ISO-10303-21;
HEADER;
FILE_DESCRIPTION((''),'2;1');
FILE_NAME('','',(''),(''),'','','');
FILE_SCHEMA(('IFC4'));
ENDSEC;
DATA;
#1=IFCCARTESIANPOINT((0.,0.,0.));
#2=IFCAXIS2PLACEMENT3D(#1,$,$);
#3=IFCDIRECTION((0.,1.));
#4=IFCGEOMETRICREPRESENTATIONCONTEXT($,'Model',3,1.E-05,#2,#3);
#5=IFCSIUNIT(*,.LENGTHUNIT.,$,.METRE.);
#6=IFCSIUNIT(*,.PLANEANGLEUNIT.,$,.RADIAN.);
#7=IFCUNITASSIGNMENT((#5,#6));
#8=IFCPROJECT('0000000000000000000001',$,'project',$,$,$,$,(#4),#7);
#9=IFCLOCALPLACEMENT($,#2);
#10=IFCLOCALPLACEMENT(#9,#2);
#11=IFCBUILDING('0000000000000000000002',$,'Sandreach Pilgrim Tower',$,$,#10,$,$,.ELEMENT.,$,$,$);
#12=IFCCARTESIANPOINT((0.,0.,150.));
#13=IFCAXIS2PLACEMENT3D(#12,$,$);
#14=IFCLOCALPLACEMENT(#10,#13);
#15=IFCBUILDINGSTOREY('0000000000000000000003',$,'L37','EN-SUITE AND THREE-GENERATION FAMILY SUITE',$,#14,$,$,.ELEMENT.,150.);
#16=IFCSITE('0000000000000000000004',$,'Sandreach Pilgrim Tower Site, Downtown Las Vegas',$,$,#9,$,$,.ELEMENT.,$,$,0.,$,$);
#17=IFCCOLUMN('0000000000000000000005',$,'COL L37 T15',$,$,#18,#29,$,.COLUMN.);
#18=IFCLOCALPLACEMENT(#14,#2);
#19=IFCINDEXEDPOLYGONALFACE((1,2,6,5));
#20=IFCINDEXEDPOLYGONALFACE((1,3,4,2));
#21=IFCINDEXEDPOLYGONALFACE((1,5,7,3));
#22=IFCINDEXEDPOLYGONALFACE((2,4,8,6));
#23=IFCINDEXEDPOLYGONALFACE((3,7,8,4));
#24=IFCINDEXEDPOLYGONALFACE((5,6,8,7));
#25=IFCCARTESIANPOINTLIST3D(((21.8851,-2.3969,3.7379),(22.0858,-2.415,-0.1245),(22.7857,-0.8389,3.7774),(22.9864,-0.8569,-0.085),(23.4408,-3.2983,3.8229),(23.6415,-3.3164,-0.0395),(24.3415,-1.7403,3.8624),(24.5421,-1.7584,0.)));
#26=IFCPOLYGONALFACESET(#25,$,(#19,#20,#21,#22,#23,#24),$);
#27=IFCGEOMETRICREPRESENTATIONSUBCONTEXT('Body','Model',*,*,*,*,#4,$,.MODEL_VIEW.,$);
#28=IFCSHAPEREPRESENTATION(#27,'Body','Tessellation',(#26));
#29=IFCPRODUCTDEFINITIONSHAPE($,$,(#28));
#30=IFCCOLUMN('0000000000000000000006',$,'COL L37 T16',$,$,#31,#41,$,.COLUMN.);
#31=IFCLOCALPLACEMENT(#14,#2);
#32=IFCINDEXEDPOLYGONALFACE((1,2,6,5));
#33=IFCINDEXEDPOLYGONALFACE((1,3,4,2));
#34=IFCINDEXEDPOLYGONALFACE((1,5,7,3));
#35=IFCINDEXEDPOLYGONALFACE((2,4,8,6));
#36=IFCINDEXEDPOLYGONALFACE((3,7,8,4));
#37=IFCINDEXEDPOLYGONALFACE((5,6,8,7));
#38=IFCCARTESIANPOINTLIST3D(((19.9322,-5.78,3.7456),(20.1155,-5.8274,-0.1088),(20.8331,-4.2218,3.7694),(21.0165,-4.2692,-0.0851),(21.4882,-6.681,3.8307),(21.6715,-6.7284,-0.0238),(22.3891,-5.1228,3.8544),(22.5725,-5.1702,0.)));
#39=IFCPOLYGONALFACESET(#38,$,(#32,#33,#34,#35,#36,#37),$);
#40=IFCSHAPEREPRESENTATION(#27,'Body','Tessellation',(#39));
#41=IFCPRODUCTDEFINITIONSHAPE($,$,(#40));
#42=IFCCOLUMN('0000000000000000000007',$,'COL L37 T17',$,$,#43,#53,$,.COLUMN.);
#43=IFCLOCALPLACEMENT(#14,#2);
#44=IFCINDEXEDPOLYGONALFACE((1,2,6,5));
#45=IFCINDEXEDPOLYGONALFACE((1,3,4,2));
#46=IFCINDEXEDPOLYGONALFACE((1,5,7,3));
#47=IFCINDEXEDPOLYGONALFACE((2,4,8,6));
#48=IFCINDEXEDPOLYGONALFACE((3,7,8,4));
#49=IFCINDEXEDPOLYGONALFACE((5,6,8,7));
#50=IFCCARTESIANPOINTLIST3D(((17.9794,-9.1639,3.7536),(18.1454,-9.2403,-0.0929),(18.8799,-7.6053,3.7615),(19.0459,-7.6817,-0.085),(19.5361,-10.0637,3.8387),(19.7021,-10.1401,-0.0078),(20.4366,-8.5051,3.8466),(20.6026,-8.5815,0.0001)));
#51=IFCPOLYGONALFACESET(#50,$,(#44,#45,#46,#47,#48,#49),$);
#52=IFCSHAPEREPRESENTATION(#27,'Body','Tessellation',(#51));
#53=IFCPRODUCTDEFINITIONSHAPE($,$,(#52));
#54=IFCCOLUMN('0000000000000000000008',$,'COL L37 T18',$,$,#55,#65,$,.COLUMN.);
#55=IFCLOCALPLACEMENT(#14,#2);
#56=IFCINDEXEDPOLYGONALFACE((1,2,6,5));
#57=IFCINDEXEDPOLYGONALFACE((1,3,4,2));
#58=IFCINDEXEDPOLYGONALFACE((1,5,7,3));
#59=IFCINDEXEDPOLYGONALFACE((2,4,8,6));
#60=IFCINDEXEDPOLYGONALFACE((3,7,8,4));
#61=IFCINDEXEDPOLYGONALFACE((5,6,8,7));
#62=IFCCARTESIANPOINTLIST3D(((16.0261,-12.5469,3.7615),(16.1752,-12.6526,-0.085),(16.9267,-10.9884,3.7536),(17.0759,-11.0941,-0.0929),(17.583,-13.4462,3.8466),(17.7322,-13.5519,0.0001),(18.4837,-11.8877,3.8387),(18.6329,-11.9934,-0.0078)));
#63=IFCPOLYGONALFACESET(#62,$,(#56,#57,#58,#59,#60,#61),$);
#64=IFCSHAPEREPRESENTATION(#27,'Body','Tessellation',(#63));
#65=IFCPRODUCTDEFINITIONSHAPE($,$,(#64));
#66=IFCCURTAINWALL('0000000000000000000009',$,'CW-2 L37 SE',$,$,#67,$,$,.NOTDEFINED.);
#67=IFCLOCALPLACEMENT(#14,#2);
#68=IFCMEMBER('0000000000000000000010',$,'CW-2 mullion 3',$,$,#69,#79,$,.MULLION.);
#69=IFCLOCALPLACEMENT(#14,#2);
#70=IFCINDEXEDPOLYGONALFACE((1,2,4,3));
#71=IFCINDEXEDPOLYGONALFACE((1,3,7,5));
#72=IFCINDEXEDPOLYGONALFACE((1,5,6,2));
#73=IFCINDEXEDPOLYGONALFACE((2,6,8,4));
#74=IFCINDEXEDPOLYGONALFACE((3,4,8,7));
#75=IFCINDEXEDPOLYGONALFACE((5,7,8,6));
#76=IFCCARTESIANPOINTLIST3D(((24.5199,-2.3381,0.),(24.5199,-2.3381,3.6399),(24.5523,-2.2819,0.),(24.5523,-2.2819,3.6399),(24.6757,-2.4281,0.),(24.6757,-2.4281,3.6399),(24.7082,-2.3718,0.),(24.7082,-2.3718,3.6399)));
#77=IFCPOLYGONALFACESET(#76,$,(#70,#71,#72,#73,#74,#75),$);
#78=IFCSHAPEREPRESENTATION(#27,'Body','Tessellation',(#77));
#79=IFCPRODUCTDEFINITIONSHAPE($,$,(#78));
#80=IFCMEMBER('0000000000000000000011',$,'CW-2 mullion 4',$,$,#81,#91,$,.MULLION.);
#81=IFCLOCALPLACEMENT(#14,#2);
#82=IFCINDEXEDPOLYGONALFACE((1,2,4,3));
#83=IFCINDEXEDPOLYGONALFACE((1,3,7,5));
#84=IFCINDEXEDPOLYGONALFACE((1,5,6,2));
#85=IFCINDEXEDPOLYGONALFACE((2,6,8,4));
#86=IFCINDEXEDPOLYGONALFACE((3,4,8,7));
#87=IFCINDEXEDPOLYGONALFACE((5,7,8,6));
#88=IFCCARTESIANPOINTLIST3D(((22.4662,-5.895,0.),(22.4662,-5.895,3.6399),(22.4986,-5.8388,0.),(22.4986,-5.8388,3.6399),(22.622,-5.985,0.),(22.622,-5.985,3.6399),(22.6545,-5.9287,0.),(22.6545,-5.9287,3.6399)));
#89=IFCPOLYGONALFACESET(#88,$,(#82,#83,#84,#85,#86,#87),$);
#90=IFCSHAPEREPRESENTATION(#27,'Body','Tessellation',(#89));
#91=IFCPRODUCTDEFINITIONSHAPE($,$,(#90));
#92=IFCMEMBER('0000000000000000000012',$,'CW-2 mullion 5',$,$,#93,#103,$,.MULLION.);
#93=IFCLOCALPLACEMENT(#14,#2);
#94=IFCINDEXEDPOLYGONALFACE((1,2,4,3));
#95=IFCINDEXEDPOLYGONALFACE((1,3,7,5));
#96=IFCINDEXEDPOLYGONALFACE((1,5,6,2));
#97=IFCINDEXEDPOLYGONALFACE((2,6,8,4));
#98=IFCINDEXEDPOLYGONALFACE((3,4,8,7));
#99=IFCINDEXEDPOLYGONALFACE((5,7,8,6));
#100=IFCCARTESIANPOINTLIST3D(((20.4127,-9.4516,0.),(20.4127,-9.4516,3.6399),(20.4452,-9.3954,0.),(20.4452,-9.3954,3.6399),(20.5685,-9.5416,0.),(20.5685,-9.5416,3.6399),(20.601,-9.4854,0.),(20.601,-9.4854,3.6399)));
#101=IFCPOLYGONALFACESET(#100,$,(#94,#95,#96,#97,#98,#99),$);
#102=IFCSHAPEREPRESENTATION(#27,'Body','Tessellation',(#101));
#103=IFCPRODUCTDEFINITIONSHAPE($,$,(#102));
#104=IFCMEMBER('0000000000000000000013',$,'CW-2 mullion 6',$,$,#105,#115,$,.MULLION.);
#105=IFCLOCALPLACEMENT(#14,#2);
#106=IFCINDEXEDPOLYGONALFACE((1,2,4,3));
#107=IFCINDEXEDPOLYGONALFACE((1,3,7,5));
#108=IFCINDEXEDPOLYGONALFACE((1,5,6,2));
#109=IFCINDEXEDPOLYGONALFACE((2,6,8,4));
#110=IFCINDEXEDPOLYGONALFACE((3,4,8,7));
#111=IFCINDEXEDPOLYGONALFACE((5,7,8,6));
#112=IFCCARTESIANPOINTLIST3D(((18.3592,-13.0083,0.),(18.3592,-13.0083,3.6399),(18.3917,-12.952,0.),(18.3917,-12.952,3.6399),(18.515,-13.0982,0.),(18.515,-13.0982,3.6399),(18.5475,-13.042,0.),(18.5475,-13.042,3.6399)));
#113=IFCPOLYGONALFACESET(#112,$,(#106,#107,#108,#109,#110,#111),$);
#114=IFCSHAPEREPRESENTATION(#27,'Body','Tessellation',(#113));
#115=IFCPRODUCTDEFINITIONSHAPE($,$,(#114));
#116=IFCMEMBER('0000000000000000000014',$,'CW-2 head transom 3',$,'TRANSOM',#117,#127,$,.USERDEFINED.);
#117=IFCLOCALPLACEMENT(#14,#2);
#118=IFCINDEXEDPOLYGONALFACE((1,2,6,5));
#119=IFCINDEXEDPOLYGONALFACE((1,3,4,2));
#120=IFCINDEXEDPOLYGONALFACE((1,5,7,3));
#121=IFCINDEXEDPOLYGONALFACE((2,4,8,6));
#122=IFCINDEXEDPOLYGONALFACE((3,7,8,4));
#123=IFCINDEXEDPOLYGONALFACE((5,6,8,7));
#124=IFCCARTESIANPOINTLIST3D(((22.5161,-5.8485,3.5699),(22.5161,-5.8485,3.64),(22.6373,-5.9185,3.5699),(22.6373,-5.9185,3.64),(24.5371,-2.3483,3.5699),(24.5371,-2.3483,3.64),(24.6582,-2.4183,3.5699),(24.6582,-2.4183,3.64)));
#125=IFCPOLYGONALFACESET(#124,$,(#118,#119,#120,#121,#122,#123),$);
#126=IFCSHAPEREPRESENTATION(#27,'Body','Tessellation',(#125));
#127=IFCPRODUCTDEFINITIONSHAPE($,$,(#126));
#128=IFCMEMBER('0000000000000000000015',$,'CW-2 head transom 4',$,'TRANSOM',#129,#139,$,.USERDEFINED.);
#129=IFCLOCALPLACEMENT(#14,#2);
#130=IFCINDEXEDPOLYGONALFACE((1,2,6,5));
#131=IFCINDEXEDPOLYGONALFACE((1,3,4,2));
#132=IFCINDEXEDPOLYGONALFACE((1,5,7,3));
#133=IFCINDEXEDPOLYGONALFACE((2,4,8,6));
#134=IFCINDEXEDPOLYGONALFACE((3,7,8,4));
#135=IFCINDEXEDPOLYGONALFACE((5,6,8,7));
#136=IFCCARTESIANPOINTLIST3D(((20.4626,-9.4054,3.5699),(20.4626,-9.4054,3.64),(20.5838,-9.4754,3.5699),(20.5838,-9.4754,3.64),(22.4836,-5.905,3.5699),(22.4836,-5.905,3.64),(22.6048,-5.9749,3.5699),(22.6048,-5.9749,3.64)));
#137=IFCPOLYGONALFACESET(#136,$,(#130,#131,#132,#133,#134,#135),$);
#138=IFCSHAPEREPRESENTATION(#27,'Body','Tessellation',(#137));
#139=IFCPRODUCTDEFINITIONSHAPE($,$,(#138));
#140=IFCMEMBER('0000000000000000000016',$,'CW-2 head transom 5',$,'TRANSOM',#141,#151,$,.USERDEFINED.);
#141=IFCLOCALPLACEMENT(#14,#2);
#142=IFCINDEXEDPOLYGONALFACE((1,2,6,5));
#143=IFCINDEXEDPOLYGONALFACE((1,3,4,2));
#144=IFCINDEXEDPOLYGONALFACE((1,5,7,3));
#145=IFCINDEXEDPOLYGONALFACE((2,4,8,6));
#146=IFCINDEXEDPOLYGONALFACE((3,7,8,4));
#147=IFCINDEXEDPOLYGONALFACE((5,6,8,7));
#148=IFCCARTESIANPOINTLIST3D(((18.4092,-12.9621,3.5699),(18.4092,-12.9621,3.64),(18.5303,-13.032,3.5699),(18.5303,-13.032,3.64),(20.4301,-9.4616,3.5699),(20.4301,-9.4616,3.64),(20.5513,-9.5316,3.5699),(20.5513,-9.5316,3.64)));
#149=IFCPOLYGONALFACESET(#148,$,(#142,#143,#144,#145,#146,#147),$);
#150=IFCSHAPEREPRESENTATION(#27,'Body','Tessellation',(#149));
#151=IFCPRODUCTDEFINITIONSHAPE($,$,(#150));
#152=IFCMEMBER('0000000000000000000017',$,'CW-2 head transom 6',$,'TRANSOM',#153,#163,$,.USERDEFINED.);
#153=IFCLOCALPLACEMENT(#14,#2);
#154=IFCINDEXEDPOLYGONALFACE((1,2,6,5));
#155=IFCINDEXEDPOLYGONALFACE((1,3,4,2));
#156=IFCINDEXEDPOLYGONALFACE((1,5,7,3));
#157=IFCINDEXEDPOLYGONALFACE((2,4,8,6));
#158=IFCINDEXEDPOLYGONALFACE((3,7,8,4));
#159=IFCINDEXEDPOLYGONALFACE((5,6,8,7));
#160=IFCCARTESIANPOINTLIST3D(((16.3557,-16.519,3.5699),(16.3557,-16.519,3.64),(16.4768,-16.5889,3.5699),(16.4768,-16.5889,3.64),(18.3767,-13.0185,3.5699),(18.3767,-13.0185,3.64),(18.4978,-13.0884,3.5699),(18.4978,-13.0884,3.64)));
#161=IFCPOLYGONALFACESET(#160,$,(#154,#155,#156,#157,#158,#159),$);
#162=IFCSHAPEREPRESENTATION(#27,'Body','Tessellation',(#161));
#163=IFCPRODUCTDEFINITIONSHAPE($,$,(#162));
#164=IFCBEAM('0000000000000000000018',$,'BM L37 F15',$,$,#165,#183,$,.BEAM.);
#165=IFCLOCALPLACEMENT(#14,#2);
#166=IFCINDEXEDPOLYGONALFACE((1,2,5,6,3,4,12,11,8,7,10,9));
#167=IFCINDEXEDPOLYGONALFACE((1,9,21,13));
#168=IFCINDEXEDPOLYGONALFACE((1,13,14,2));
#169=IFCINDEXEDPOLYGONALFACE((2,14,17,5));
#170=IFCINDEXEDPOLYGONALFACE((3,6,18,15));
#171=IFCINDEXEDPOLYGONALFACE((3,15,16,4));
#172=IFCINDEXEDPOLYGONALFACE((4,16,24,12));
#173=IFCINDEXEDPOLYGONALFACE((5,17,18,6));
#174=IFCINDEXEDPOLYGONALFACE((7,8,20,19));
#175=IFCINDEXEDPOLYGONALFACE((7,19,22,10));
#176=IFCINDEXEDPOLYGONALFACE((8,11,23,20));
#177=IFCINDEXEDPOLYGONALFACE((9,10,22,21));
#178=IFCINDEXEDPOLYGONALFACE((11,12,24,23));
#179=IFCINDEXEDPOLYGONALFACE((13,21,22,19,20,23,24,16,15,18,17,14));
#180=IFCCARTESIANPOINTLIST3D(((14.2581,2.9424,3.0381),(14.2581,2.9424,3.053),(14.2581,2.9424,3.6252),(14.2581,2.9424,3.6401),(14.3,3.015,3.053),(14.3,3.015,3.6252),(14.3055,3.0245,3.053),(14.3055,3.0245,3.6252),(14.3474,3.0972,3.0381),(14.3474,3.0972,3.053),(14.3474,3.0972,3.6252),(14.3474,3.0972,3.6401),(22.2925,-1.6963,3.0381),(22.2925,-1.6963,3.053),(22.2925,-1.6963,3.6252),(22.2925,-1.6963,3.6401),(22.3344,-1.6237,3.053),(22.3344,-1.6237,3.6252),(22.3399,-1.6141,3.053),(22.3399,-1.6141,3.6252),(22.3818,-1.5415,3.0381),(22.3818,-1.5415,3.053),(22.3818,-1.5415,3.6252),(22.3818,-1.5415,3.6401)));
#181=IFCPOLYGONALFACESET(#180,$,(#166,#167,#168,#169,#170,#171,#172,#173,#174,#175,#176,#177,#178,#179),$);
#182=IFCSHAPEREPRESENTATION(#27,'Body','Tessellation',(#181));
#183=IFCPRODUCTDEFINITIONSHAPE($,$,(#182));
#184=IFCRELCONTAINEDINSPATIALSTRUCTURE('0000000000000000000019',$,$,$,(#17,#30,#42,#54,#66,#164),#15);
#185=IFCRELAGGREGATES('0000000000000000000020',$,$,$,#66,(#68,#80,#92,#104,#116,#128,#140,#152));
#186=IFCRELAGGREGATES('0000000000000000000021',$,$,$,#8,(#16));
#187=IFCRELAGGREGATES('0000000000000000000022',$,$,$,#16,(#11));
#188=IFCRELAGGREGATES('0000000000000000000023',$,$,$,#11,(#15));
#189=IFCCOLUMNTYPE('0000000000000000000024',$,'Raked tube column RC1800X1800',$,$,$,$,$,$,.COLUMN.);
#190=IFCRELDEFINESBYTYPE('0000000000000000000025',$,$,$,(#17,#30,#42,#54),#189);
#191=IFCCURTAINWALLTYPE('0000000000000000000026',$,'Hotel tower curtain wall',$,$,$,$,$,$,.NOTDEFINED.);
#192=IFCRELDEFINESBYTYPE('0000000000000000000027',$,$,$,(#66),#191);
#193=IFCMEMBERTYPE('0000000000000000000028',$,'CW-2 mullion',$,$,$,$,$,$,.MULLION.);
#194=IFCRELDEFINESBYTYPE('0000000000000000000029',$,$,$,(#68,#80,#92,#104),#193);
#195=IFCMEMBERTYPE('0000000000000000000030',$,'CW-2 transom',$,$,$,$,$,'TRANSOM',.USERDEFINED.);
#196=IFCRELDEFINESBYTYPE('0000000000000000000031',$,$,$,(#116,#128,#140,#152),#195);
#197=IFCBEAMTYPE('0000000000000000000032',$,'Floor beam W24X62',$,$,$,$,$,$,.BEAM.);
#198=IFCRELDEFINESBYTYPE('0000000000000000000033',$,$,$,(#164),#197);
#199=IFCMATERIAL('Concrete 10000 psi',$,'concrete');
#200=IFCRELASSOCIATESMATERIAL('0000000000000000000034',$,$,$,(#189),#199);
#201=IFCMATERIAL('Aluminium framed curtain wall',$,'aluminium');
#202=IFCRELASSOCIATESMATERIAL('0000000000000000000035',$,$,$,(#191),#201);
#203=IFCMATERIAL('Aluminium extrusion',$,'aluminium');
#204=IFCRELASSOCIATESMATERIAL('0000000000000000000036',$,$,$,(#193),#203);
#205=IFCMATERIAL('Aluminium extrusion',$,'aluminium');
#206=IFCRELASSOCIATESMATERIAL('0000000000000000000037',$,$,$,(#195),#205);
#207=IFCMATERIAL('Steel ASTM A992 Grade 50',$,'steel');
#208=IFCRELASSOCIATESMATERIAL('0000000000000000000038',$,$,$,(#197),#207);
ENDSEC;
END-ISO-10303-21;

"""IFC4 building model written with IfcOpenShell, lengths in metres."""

from ifc_helpers import new_model, si_unit, direction, frame, origin, origin_2d, place, context, subcontext, project, spatial, rectangle, i_section, extrude, material, material_profile, profile_set, type_object, element, aggregate, save


model = new_model("IFC4")

# Units and contexts
model_context = context("Model", 3, precision=1e-05, world=origin(), true_north=direction((0.0, 1.0)))
body_context = subcontext(model_context, "Body", "Model", "MODEL_VIEW")
ifc_project = project(units=[si_unit("LENGTHUNIT", "METRE"), si_unit("PLANEANGLEUNIT", "RADIAN")], contexts=[model_context])

# Site, building, storey
site_placement = place(None, origin())
site = spatial("IfcSite", under=ifc_project, at=site_placement, Name="Sandreach Pilgrim Tower Site, Downtown Las Vegas", CompositionType="ELEMENT", RefElevation=0.0)
building_placement = place(site_placement, origin())
building = spatial("IfcBuilding", under=site, at=building_placement, Name="Sandreach Pilgrim Tower", CompositionType="ELEMENT")
storey_placement = place(building_placement, frame((0.0, 0.0, 150.0)))
storey = spatial("IfcBuildingStorey", under=building, at=storey_placement, Name="L37", Description="EN-SUITE AND THREE-GENERATION FAMILY SUITE", CompositionType="ELEMENT", Elevation=150.0)

# Columns
ifc_material_1 = material(Name="Concrete 10000 psi", Category="concrete")
ifc_material_profile_1 = material_profile(ifc_material_1, rectangle(XDim=1.8, YDim=1.8, at=origin_2d()), Name="RC1800X1800")
ifc_profile_set_1 = profile_set([ifc_material_profile_1], Name="Concrete 10000 psi")
column_type = type_object("IfcColumnType", Name="Raked tube column RC1800X1800", PredefinedType="COLUMN", material=ifc_profile_set_1)
column_1_placement = place(storey_placement, frame((23.314, -2.0867, -0.0623), z_axis=(-0.051889, 0.004671, 0.998642), x_axis=(0.86428, -0.500787, 0.04725)))
element("IfcColumn", 1, at=column_1_placement, inside=storey, type_object=column_type, Name="COL L37 T15", PredefinedType="COLUMN", context=body_context, shape_type="SweptSolid", body=[
    extrude(rectangle(XDim=1.8, YDim=1.8, at=origin_2d()), origin(), (0.0, 0.0, 1.0), 3.8677),
])
column_2_placement = place(storey_placement, frame((21.344, -5.4988, -0.0544), z_axis=(-0.04751, 0.012273, 0.998795), x_axis=(0.864419, -0.500545, 0.047269)))
element("IfcColumn", 2, at=column_2_placement, inside=storey, type_object=column_type, Name="COL L37 T16", PredefinedType="COLUMN", context=body_context, shape_type="SweptSolid", body=[
    extrude(rectangle(XDim=1.8, YDim=1.8, at=origin_2d()), origin(), (0.0, 0.0, 1.0), 3.8591),
])
for number, where, z_axis, x_axis, name in (
    (3, (19.374, -8.9109, -0.0464), (-0.043112, 0.019844, 0.998873), (0.864807, -0.499875, 0.047257), "COL L37 T17"),
    (4, (17.4041, -12.323, -0.0464), (-0.038738, 0.027452, 0.998872), (0.864954, -0.49962, 0.047275), "COL L37 T18"),
):
    element("IfcColumn", number, at=place(storey_placement, frame(where, z_axis=z_axis, x_axis=x_axis)), inside=storey, type_object=column_type, Name=name, PredefinedType="COLUMN", context=body_context, shape_type="SweptSolid", body=[
        extrude(rectangle(XDim=1.8, YDim=1.8, at=origin_2d()), origin(), (0.0, 0.0, 1.0), 3.8508),
    ])

# Curtain wall, members
ifc_material_2 = material(Name="Aluminium framed curtain wall", Category="aluminium")
curtain_wall_type = type_object("IfcCurtainWallType", Name="Hotel tower curtain wall", PredefinedType="NOTDEFINED", material=ifc_material_2)
curtain_wall_placement = place(storey_placement, origin())
curtain_wall = element("IfcCurtainWall", 5, at=curtain_wall_placement, inside=storey, type_object=curtain_wall_type, Name="CW-2 L37 SE", PredefinedType="NOTDEFINED")
ifc_material_3 = material(Name="Aluminium extrusion", Category="aluminium")
ifc_material_profile_2 = material_profile(ifc_material_3, rectangle(XDim=0.0649, YDim=0.1799, at=origin_2d()), Name="CW-2M 65X180")
ifc_profile_set_2 = profile_set([ifc_material_profile_2], Name="Aluminium extrusion")
member_type_1 = type_object("IfcMemberType", Name="CW-2 mullion", PredefinedType="MULLION", material=ifc_profile_set_2)
member_1_placement = place(storey_placement, frame((24.614, -2.355, 0.0), z_axis=(0.0, 0.0, 1.0), x_axis=(-0.5, -0.866025, 0.0)))
member_1 = element("IfcMember", 6, at=member_1_placement, type_object=member_type_1, Name="CW-2 mullion 3", PredefinedType="MULLION", context=body_context, shape_type="SweptSolid", body=[
    extrude(rectangle(XDim=0.0649, YDim=0.1799, at=origin_2d()), origin(), (0.0, 0.0, 1.0), 3.6399),
])
member_2_placement = place(storey_placement, frame((22.5603, -5.9119, 0.0), z_axis=(0.0, 0.0, 1.0), x_axis=(-0.5, -0.866025, 0.0)))
member_2 = element("IfcMember", 7, at=member_2_placement, type_object=member_type_1, Name="CW-2 mullion 4", PredefinedType="MULLION", context=body_context, shape_type="SweptSolid", body=[
    extrude(rectangle(XDim=0.0649, YDim=0.1799, at=origin_2d()), origin(), (0.0, 0.0, 1.0), 3.6399),
])
member_3_placement = place(storey_placement, frame((20.5068, -9.4685, 0.0), z_axis=(0.0, 0.0, 1.0), x_axis=(-0.5, -0.866025, 0.0)))
member_3 = element("IfcMember", 8, at=member_3_placement, type_object=member_type_1, Name="CW-2 mullion 5", PredefinedType="MULLION", context=body_context, shape_type="SweptSolid", body=[
    extrude(rectangle(XDim=0.0649, YDim=0.1799, at=origin_2d()), origin(), (0.0, 0.0, 1.0), 3.6399),
])
member_4_placement = place(storey_placement, frame((18.4534, -13.0251, 0.0), z_axis=(0.0, 0.0, 1.0), x_axis=(-0.5, -0.866025, 0.0)))
member_4 = element("IfcMember", 9, at=member_4_placement, type_object=member_type_1, Name="CW-2 mullion 6", PredefinedType="MULLION", context=body_context, shape_type="SweptSolid", body=[
    extrude(rectangle(XDim=0.0649, YDim=0.1799, at=origin_2d()), origin(), (0.0, 0.0, 1.0), 3.6399),
])
ifc_material_4 = material(Name="Aluminium extrusion", Category="aluminium")
ifc_material_profile_3 = material_profile(ifc_material_4, rectangle(XDim=0.1399, YDim=0.0701, at=origin_2d()), Name="CW-2T 140X70")
ifc_profile_set_3 = profile_set([ifc_material_profile_3], Name="Aluminium extrusion")
member_type_2 = type_object("IfcMemberType", Name="CW-2 transom", ElementType="TRANSOM", PredefinedType="USERDEFINED", material=ifc_profile_set_3)
member_5_placement = place(storey_placement, frame((24.5977, -2.3833, 3.605), z_axis=(-0.500024, -0.866012, 0.0), x_axis=(0.866012, -0.500024, 0.0)))
member_5 = element("IfcMember", 10, at=member_5_placement, type_object=member_type_2, Name="CW-2 head transom 3", ObjectType="TRANSOM", PredefinedType="USERDEFINED", context=body_context, shape_type="SweptSolid", body=[
    extrude(rectangle(XDim=0.1399, YDim=0.0701, at=origin_2d()), origin(), (0.0, 0.0, 1.0), 4.0417),
])
member_6_placement = place(storey_placement, frame((22.5442, -5.9399, 3.605), z_axis=(-0.499998, -0.866027, 0.0), x_axis=(0.866027, -0.499998, 0.0)))
member_6 = element("IfcMember", 11, at=member_6_placement, type_object=member_type_2, Name="CW-2 head transom 4", ObjectType="TRANSOM", PredefinedType="USERDEFINED", context=body_context, shape_type="SweptSolid", body=[
    extrude(rectangle(XDim=0.1399, YDim=0.0701, at=origin_2d()), origin(), (0.0, 0.0, 1.0), 4.042),
])
member_7_placement = place(storey_placement, frame((20.4907, -9.4966, 3.605), z_axis=(-0.499998, -0.866027, 0.0), x_axis=(0.866027, -0.499998, 0.0)))
member_7 = element("IfcMember", 12, at=member_7_placement, type_object=member_type_2, Name="CW-2 head transom 5", ObjectType="TRANSOM", PredefinedType="USERDEFINED", context=body_context, shape_type="SweptSolid", body=[
    extrude(rectangle(XDim=0.1399, YDim=0.0701, at=origin_2d()), origin(), (0.0, 0.0, 1.0), 4.042),
])
member_8_placement = place(storey_placement, frame((18.4373, -13.0535, 3.605), z_axis=(-0.499998, -0.866027, 0.0), x_axis=(0.866027, -0.499998, 0.0)))
member_8 = element("IfcMember", 13, at=member_8_placement, type_object=member_type_2, Name="CW-2 head transom 6", ObjectType="TRANSOM", PredefinedType="USERDEFINED", context=body_context, shape_type="SweptSolid", body=[
    extrude(rectangle(XDim=0.1399, YDim=0.0701, at=origin_2d()), origin(), (0.0, 0.0, 1.0), 4.042),
])

# Beam
ifc_material_5 = material(Name="Steel ASTM A992 Grade 50", Category="steel")
ifc_material_profile_4 = material_profile(ifc_material_5, i_section(OverallWidth=0.1787, OverallDepth=0.6021, WebThickness=0.011, FlangeThickness=0.0149, at=origin_2d()), Name="W24X62")
ifc_profile_set_4 = profile_set([ifc_material_profile_4], Name="Steel ASTM A992 Grade 50")
beam_type_1 = type_object("IfcBeamType", Name="Floor beam W24X62", PredefinedType="BEAM", material=ifc_profile_set_4)
beam_1_placement = place(storey_placement, frame((22.3372, -1.6189, 3.3391), z_axis=(-0.866026, 0.5, 0.0), x_axis=(-0.5, -0.866026, 0.0)))
element("IfcBeam", 14, at=beam_1_placement, inside=storey, type_object=beam_type_1, Name="BM L37 F15", PredefinedType="BEAM", context=body_context, shape_type="SweptSolid", body=[
    extrude(i_section(OverallWidth=0.1787, OverallDepth=0.6021, WebThickness=0.011, FlangeThickness=0.0149, at=origin_2d()), origin(), (0.0, 0.0, 1.0), 9.2773),
])

aggregate(curtain_wall, [member_1, member_2, member_3, member_4, member_5, member_6, member_7, member_8])

save(model, "model.ifc")
